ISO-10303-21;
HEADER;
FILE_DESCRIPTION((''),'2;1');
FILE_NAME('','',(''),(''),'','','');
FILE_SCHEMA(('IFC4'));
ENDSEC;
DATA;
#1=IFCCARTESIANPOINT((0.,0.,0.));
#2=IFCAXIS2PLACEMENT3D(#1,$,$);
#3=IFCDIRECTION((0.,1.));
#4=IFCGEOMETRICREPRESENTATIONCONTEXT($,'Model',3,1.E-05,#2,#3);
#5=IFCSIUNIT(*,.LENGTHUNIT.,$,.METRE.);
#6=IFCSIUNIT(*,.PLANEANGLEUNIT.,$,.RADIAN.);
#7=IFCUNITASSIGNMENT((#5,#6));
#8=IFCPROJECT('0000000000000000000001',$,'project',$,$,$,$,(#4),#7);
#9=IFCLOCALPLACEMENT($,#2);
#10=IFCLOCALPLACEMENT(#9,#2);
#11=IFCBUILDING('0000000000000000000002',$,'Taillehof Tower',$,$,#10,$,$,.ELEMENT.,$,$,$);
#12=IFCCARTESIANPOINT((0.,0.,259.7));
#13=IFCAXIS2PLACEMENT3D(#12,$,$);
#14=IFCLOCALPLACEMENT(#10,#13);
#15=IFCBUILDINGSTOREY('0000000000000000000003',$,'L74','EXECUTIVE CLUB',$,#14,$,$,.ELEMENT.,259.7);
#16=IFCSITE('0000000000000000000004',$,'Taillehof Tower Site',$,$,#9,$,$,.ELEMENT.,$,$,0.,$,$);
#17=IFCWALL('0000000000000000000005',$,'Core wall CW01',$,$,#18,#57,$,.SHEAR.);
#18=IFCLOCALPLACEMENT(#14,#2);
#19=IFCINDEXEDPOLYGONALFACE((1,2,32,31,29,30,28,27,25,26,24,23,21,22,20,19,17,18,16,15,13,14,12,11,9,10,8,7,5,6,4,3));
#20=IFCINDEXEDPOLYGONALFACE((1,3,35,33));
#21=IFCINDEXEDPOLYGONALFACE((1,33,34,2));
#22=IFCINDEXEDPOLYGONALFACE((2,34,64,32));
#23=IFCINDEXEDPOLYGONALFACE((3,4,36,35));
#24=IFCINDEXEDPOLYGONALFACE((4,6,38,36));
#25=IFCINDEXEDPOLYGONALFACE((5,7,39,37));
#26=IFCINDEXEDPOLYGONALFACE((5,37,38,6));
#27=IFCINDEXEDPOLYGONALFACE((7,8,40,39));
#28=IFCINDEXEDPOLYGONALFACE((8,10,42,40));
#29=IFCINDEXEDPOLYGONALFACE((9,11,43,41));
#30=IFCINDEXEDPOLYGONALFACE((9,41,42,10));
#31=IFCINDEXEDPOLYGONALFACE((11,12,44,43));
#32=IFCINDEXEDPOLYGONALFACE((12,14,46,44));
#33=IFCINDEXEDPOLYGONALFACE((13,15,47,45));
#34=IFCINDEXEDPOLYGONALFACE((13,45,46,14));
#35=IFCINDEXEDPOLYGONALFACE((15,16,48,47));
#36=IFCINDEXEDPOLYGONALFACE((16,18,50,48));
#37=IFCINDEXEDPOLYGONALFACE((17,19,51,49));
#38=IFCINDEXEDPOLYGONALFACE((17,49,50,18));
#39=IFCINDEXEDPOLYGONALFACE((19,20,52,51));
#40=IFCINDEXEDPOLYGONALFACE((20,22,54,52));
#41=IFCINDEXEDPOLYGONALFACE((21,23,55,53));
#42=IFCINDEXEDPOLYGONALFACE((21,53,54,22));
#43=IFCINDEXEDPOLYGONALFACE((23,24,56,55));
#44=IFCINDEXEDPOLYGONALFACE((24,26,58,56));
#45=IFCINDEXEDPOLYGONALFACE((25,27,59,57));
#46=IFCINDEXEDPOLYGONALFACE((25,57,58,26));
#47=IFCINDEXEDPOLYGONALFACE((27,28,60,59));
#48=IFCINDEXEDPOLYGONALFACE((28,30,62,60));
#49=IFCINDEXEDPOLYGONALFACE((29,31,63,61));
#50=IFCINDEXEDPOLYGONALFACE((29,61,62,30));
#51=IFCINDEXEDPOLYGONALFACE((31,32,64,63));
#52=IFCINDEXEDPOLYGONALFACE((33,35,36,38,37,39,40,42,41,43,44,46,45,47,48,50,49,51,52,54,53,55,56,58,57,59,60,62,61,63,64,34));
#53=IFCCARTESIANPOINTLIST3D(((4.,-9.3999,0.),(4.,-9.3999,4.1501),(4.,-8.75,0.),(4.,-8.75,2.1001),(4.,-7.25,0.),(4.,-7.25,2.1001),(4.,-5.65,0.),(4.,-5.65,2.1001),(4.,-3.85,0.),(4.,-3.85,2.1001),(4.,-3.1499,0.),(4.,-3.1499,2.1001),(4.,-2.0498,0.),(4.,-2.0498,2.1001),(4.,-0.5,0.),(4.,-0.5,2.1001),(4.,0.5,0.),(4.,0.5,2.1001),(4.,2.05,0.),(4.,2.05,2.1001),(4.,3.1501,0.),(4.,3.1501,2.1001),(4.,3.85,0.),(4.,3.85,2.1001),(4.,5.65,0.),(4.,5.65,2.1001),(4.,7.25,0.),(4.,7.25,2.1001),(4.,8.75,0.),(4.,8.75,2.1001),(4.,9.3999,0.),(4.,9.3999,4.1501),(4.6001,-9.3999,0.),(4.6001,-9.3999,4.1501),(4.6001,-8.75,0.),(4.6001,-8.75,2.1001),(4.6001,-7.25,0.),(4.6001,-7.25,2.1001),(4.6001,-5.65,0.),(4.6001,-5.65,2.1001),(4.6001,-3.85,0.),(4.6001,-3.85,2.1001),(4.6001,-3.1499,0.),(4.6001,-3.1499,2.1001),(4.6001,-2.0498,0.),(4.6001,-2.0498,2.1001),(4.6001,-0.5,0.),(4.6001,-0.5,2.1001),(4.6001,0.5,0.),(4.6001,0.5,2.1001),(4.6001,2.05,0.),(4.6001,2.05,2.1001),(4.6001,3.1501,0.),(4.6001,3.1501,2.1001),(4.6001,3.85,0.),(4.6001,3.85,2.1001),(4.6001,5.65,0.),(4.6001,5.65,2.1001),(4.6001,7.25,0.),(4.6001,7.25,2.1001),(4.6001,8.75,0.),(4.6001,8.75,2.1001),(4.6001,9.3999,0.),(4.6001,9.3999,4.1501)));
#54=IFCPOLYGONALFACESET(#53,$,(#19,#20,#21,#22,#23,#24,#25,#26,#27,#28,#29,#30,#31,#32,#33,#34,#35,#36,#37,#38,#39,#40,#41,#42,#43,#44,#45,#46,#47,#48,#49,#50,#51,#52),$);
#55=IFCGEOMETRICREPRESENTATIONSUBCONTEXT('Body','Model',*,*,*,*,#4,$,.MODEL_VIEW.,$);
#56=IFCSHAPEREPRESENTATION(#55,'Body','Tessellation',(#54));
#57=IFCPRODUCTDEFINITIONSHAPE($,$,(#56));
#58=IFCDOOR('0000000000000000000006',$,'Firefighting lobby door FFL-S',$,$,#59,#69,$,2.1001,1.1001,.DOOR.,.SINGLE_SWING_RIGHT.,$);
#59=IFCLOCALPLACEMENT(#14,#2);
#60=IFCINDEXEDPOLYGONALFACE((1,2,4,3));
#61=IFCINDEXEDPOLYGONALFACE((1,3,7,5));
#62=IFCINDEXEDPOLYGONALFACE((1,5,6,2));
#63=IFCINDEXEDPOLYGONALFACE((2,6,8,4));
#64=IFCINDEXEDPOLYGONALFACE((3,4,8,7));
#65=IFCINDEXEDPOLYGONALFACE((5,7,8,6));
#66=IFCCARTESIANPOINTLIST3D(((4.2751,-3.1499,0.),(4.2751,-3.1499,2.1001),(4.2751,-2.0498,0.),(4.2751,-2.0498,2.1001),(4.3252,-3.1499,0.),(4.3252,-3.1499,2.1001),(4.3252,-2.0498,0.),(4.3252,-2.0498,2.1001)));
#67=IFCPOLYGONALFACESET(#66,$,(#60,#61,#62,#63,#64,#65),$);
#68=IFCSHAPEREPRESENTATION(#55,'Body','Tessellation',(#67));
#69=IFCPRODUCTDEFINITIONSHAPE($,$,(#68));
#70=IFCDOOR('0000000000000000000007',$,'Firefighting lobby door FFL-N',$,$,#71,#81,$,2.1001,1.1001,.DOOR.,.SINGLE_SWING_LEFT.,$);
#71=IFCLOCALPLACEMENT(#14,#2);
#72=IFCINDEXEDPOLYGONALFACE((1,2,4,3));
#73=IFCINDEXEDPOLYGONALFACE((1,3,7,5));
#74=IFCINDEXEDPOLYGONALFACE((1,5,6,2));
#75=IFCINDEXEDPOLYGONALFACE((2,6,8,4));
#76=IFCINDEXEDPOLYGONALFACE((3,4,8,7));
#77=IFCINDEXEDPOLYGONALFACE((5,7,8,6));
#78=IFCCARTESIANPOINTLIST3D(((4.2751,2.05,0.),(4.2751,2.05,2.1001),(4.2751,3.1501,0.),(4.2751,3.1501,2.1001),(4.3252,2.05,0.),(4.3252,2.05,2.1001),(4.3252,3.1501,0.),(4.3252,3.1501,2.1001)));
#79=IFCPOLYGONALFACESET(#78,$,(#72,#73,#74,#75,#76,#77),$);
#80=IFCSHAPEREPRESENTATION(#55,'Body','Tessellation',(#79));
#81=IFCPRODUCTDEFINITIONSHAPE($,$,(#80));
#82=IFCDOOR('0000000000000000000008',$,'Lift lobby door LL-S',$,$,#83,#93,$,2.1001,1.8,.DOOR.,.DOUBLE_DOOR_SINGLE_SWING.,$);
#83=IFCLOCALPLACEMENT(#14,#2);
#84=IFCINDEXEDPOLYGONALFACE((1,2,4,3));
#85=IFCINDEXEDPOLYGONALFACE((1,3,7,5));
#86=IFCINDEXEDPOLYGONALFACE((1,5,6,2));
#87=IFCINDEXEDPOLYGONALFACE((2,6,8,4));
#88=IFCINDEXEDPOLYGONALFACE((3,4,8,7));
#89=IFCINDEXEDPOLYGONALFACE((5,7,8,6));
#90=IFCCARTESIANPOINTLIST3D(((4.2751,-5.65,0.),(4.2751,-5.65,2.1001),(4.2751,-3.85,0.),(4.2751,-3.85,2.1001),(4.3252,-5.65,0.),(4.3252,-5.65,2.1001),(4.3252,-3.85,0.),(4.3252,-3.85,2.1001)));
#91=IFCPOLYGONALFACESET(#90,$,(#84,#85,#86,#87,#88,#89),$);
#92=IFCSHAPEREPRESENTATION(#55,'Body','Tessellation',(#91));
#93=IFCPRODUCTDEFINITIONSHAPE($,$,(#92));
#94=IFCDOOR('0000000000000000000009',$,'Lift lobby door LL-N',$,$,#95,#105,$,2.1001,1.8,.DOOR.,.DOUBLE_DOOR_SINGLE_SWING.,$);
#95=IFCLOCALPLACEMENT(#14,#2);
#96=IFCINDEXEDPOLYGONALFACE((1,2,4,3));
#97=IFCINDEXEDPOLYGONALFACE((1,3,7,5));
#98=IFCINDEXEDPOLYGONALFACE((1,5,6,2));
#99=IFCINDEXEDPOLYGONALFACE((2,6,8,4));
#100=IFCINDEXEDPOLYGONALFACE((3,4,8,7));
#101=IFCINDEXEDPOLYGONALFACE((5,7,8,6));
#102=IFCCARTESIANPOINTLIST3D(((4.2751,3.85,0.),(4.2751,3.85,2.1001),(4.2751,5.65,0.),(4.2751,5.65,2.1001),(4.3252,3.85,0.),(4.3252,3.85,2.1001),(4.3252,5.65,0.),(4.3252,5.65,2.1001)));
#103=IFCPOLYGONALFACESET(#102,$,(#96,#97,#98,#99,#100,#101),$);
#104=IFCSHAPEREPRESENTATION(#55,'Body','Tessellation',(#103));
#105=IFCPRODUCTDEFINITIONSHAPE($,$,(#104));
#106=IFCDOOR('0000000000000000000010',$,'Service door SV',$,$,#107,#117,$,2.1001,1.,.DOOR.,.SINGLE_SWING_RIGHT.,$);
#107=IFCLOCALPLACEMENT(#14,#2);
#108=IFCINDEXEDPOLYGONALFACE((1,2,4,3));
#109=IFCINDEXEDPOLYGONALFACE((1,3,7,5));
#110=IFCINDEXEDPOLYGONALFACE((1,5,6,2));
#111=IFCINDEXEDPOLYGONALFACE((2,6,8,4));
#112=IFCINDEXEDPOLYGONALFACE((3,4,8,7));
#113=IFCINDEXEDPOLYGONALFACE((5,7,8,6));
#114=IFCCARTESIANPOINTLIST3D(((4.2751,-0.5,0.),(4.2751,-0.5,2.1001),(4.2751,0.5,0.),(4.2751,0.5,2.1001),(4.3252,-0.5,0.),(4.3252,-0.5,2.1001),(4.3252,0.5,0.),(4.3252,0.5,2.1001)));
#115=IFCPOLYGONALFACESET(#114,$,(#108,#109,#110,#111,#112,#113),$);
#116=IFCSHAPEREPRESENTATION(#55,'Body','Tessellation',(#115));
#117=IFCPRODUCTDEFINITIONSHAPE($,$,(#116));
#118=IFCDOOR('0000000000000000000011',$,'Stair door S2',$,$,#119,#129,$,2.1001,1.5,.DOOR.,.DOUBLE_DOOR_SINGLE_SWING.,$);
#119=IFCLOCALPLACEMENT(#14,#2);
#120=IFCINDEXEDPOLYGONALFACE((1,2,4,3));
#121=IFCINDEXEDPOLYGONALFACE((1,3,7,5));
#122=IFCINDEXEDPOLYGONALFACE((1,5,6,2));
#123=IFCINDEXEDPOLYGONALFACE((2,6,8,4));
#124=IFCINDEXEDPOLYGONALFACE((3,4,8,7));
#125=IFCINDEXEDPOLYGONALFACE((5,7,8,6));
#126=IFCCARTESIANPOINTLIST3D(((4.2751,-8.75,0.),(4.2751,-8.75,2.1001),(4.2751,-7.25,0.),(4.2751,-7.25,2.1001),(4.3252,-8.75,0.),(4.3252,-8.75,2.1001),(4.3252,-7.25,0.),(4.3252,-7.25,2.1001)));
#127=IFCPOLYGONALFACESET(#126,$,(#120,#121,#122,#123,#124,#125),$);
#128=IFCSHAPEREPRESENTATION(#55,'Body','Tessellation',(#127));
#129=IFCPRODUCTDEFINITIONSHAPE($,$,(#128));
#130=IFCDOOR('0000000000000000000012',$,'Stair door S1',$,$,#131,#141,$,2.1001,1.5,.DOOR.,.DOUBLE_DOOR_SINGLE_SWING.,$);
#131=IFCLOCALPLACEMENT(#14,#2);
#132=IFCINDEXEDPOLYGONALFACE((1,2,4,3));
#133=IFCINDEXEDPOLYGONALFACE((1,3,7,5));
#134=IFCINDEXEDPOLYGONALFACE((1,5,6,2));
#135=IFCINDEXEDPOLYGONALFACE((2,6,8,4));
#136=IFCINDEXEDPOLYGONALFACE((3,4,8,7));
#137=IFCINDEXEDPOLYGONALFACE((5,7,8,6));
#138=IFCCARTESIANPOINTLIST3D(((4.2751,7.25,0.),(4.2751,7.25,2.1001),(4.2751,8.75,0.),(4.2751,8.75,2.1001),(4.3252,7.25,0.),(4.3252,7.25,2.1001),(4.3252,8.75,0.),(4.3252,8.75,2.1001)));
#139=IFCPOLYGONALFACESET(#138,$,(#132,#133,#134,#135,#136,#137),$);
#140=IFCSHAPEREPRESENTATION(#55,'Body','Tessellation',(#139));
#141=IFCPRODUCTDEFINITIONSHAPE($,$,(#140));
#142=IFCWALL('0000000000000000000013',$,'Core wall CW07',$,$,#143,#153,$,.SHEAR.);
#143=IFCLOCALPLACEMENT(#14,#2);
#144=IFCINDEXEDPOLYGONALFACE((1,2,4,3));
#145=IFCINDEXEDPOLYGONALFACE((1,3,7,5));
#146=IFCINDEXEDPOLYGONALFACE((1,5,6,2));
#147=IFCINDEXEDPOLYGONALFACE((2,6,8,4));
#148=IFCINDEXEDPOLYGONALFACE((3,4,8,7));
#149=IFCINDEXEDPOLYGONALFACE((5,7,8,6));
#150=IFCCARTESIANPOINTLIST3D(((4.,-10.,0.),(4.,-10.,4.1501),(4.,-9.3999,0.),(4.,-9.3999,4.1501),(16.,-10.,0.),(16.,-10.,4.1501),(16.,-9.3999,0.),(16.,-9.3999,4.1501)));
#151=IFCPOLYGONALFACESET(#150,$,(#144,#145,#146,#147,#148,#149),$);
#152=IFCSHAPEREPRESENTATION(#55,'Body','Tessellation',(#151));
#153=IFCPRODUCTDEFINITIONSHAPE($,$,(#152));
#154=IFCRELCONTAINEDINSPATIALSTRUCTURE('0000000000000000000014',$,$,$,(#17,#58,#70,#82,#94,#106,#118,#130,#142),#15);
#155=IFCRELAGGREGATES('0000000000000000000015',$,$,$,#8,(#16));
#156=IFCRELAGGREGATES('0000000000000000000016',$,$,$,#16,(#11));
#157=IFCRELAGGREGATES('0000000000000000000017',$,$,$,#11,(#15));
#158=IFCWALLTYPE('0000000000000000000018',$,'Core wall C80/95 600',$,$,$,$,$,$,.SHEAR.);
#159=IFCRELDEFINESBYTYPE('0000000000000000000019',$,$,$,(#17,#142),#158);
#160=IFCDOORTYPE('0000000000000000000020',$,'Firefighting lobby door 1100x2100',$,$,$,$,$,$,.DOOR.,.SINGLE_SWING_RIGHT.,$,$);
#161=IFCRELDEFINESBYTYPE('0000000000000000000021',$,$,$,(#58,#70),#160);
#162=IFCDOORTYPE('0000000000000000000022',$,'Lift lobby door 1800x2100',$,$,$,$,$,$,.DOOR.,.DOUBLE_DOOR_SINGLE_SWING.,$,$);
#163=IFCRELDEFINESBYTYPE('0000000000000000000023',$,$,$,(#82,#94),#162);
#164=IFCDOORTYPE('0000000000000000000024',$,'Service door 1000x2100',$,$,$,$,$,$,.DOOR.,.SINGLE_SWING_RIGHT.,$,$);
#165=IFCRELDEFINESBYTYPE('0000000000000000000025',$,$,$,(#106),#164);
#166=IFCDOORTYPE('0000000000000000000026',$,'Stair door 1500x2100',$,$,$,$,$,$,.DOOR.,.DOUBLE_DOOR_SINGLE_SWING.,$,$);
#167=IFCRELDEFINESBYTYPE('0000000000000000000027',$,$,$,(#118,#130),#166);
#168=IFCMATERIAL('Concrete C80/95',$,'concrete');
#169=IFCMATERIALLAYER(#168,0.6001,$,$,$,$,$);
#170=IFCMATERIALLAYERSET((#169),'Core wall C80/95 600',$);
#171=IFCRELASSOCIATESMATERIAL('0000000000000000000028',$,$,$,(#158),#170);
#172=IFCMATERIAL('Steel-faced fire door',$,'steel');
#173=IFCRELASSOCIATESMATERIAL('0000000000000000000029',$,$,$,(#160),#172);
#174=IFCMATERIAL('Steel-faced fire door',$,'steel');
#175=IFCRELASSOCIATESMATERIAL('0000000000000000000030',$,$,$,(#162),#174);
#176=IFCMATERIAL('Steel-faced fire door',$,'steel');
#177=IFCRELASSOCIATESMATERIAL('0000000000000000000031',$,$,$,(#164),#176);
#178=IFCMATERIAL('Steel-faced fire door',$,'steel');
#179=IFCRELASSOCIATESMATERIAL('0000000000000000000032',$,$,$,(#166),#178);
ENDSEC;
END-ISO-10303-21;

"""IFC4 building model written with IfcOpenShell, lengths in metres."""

from ifc_helpers import new_model, si_unit, direction, frame, frame_2d, origin, place, context, subcontext, project, spatial, rectangle, extrude, material, layer, layer_set, type_object, element, fill, save


model = new_model("IFC4")

# Units and contexts
model_context = context("Model", 3, precision=1e-05, world=origin(), true_north=direction((0.0, 1.0)))
body_context = subcontext(model_context, "Body", "Model", "MODEL_VIEW")
ifc_project = project(units=[si_unit("LENGTHUNIT", "METRE"), si_unit("PLANEANGLEUNIT", "RADIAN")], contexts=[model_context])

# Site, building, storey
site_placement = place(None, origin())
site = spatial("IfcSite", under=ifc_project, at=site_placement, Name="Taillehof Tower Site", CompositionType="ELEMENT", RefElevation=0.0)
building_placement = place(site_placement, origin())
building = spatial("IfcBuilding", under=site, at=building_placement, Name="Taillehof Tower", CompositionType="ELEMENT")
storey_placement = place(building_placement, frame((0.0, 0.0, 259.7)))
storey = spatial("IfcBuildingStorey", under=building, at=storey_placement, Name="L74", Description="EXECUTIVE CLUB", CompositionType="ELEMENT", Elevation=259.7)

# Wall, openings, doors
ifc_material_1 = material(Name="Concrete C80/95", Category="concrete")
ifc_layer_1 = layer(ifc_material_1, 0.6001)
ifc_layer_set_1 = layer_set([ifc_layer_1], Name="Core wall C80/95 600")
wall_type_1 = type_object("IfcWallType", Name="Core wall C80/95 600", PredefinedType="SHEAR", material=ifc_layer_set_1)
wall_1_placement = place(storey_placement, frame((4.3, -9.3999, 0.0), z_axis=(0.0, 0.0, 1.0), x_axis=(0.0, 1.0, 0.0)))
wall_1 = element("IfcWall", 1, at=wall_1_placement, inside=storey, type_object=wall_type_1, Name="Core wall CW01", PredefinedType="SHEAR", context=body_context, shape_type="SweptSolid", body=[
    extrude(rectangle(XDim=18.7998, YDim=0.6001, at=frame_2d((9.3999, 0.0))), origin(), (0.0, 0.0, 1.0), 4.1501),
])
opening_1_placement = place(wall_1_placement, frame((0.6499, 0.0, 0.0)))
opening_1 = element("IfcOpeningElement", 2, at=opening_1_placement, cuts=wall_1, PredefinedType="OPENING", context=body_context, shape_type="SweptSolid", body=[
    extrude(rectangle(XDim=1.5, YDim=2.1001, at=frame_2d((0.75, 1.05))), frame((0.0, 0.3101, 0.0), z_axis=(0.0, -1.0, 0.0), x_axis=(1.0, 0.0, 0.0)), (0.0, 0.0, 1.0), 0.6201),
])
opening_2_placement = place(wall_1_placement, frame((3.75, 0.0, 0.0)))
opening_2 = element("IfcOpeningElement", 3, at=opening_2_placement, cuts=wall_1, PredefinedType="OPENING", context=body_context, shape_type="SweptSolid", body=[
    extrude(rectangle(XDim=1.8, YDim=2.1001, at=frame_2d((0.8999, 1.05))), frame((0.0, 0.3101, 0.0), z_axis=(0.0, -1.0, 0.0), x_axis=(1.0, 0.0, 0.0)), (0.0, 0.0, 1.0), 0.6201),
])
opening_3_placement = place(wall_1_placement, frame((6.25, 0.0, 0.0)))
opening_3 = element("IfcOpeningElement", 4, at=opening_3_placement, cuts=wall_1, PredefinedType="OPENING", context=body_context, shape_type="SweptSolid", body=[
    extrude(rectangle(XDim=1.1001, YDim=2.1001, at=frame_2d((0.55, 1.05))), frame((0.0, 0.3101, 0.0), z_axis=(0.0, -1.0, 0.0), x_axis=(1.0, 0.0, 0.0)), (0.0, 0.0, 1.0), 0.6201),
])
opening_4_placement = place(wall_1_placement, frame((8.8999, 0.0, 0.0)))
opening_4 = element("IfcOpeningElement", 5, at=opening_4_placement, cuts=wall_1, PredefinedType="OPENING", context=body_context, shape_type="SweptSolid", body=[
    extrude(rectangle(XDim=1.0, YDim=2.1001, at=frame_2d((0.5, 1.05))), frame((0.0, 0.3101, 0.0), z_axis=(0.0, -1.0, 0.0), x_axis=(1.0, 0.0, 0.0)), (0.0, 0.0, 1.0), 0.6201),
])
opening_5_placement = place(wall_1_placement, frame((11.45, 0.0, 0.0)))
opening_5 = element("IfcOpeningElement", 6, at=opening_5_placement, cuts=wall_1, PredefinedType="OPENING", context=body_context, shape_type="SweptSolid", body=[
    extrude(rectangle(XDim=1.1001, YDim=2.1001, at=frame_2d((0.55, 1.05))), frame((0.0, 0.3101, 0.0), z_axis=(0.0, -1.0, 0.0), x_axis=(1.0, 0.0, 0.0)), (0.0, 0.0, 1.0), 0.6201),
])
opening_6_placement = place(wall_1_placement, frame((13.25, 0.0, 0.0)))
opening_6 = element("IfcOpeningElement", 7, at=opening_6_placement, cuts=wall_1, PredefinedType="OPENING", context=body_context, shape_type="SweptSolid", body=[
    extrude(rectangle(XDim=1.8, YDim=2.1001, at=frame_2d((0.8999, 1.05))), frame((0.0, 0.3101, 0.0), z_axis=(0.0, -1.0, 0.0), x_axis=(1.0, 0.0, 0.0)), (0.0, 0.0, 1.0), 0.6201),
])
opening_7_placement = place(wall_1_placement, frame((16.6499, 0.0, 0.0)))
opening_7 = element("IfcOpeningElement", 8, at=opening_7_placement, cuts=wall_1, PredefinedType="OPENING", context=body_context, shape_type="SweptSolid", body=[
    extrude(rectangle(XDim=1.5, YDim=2.1001, at=frame_2d((0.75, 1.05))), frame((0.0, 0.3101, 0.0), z_axis=(0.0, -1.0, 0.0), x_axis=(1.0, 0.0, 0.0)), (0.0, 0.0, 1.0), 0.6201),
])
ifc_material_2 = material(Name="Steel-faced fire door", Category="steel")
door_type_1 = type_object("IfcDoorType", Name="Firefighting lobby door 1100x2100", OperationType="SINGLE_SWING_RIGHT", PredefinedType="DOOR", material=ifc_material_2)
door_1_placement = place(opening_3_placement, origin())
door_1 = element("IfcDoor", 9, at=door_1_placement, inside=storey, type_object=door_type_1, Name="Firefighting lobby door FFL-S", OperationType="SINGLE_SWING_RIGHT", OverallHeight=2.1001, OverallWidth=1.1001, PredefinedType="DOOR", context=body_context, shape_type="SweptSolid", body=[
    extrude(rectangle(XDim=1.1001, YDim=2.1001, at=frame_2d((0.55, 1.05))), frame((0.0, 0.0249, 0.0), z_axis=(0.0, -1.0, 0.0), x_axis=(1.0, 0.0, 0.0)), (0.0, 0.0, 1.0), 0.05),
])
fill(opening_3, door_1)
door_2_placement = place(opening_5_placement, origin())
door_2 = element("IfcDoor", 10, at=door_2_placement, inside=storey, type_object=door_type_1, Name="Firefighting lobby door FFL-N", OperationType="SINGLE_SWING_LEFT", OverallHeight=2.1001, OverallWidth=1.1001, PredefinedType="DOOR", context=body_context, shape_type="SweptSolid", body=[
    extrude(rectangle(XDim=1.1001, YDim=2.1001, at=frame_2d((0.55, 1.05))), frame((0.0, 0.0249, 0.0), z_axis=(0.0, -1.0, 0.0), x_axis=(1.0, 0.0, 0.0)), (0.0, 0.0, 1.0), 0.05),
])
fill(opening_5, door_2)
ifc_material_3 = material(Name="Steel-faced fire door", Category="steel")
door_type_2 = type_object("IfcDoorType", Name="Lift lobby door 1800x2100", OperationType="DOUBLE_DOOR_SINGLE_SWING", PredefinedType="DOOR", material=ifc_material_3)
door_3_placement = place(opening_2_placement, origin())
door_3 = element("IfcDoor", 11, at=door_3_placement, inside=storey, type_object=door_type_2, Name="Lift lobby door LL-S", OperationType="DOUBLE_DOOR_SINGLE_SWING", OverallHeight=2.1001, OverallWidth=1.8, PredefinedType="DOOR", context=body_context, shape_type="SweptSolid", body=[
    extrude(rectangle(XDim=1.8, YDim=2.1001, at=frame_2d((0.8999, 1.05))), frame((0.0, 0.0249, 0.0), z_axis=(0.0, -1.0, 0.0), x_axis=(1.0, 0.0, 0.0)), (0.0, 0.0, 1.0), 0.05),
])
fill(opening_2, door_3)
door_4_placement = place(opening_6_placement, origin())
door_4 = element("IfcDoor", 12, at=door_4_placement, inside=storey, type_object=door_type_2, Name="Lift lobby door LL-N", OperationType="DOUBLE_DOOR_SINGLE_SWING", OverallHeight=2.1001, OverallWidth=1.8, PredefinedType="DOOR", context=body_context, shape_type="SweptSolid", body=[
    extrude(rectangle(XDim=1.8, YDim=2.1001, at=frame_2d((0.8999, 1.05))), frame((0.0, 0.0249, 0.0), z_axis=(0.0, -1.0, 0.0), x_axis=(1.0, 0.0, 0.0)), (0.0, 0.0, 1.0), 0.05),
])
fill(opening_6, door_4)
ifc_material_4 = material(Name="Steel-faced fire door", Category="steel")
door_type_3 = type_object("IfcDoorType", Name="Service door 1000x2100", OperationType="SINGLE_SWING_RIGHT", PredefinedType="DOOR", material=ifc_material_4)
door_5_placement = place(opening_4_placement, origin())
door_5 = element("IfcDoor", 13, at=door_5_placement, inside=storey, type_object=door_type_3, Name="Service door SV", OperationType="SINGLE_SWING_RIGHT", OverallHeight=2.1001, OverallWidth=1.0, PredefinedType="DOOR", context=body_context, shape_type="SweptSolid", body=[
    extrude(rectangle(XDim=1.0, YDim=2.1001, at=frame_2d((0.5, 1.05))), frame((0.0, 0.0249, 0.0), z_axis=(0.0, -1.0, 0.0), x_axis=(1.0, 0.0, 0.0)), (0.0, 0.0, 1.0), 0.05),
])
fill(opening_4, door_5)
ifc_material_5 = material(Name="Steel-faced fire door", Category="steel")
door_type_4 = type_object("IfcDoorType", Name="Stair door 1500x2100", OperationType="DOUBLE_DOOR_SINGLE_SWING", PredefinedType="DOOR", material=ifc_material_5)
door_6_placement = place(opening_1_placement, origin())
door_6 = element("IfcDoor", 14, at=door_6_placement, inside=storey, type_object=door_type_4, Name="Stair door S2", OperationType="DOUBLE_DOOR_SINGLE_SWING", OverallHeight=2.1001, OverallWidth=1.5, PredefinedType="DOOR", context=body_context, shape_type="SweptSolid", body=[
    extrude(rectangle(XDim=1.5, YDim=2.1001, at=frame_2d((0.75, 1.05))), frame((0.0, 0.0249, 0.0), z_axis=(0.0, -1.0, 0.0), x_axis=(1.0, 0.0, 0.0)), (0.0, 0.0, 1.0), 0.05),
])
fill(opening_1, door_6)
door_7_placement = place(opening_7_placement, origin())
door_7 = element("IfcDoor", 15, at=door_7_placement, inside=storey, type_object=door_type_4, Name="Stair door S1", OperationType="DOUBLE_DOOR_SINGLE_SWING", OverallHeight=2.1001, OverallWidth=1.5, PredefinedType="DOOR", context=body_context, shape_type="SweptSolid", body=[
    extrude(rectangle(XDim=1.5, YDim=2.1001, at=frame_2d((0.75, 1.05))), frame((0.0, 0.0249, 0.0), z_axis=(0.0, -1.0, 0.0), x_axis=(1.0, 0.0, 0.0)), (0.0, 0.0, 1.0), 0.05),
])
fill(opening_7, door_7)

# Wall
wall_2_placement = place(storey_placement, frame((4.0, -9.7, 0.0), z_axis=(0.0, 0.0, 1.0), x_axis=(1.0, 0.0, 0.0)))
element("IfcWall", 16, at=wall_2_placement, inside=storey, type_object=wall_type_1, Name="Core wall CW07", PredefinedType="SHEAR", context=body_context, shape_type="SweptSolid", body=[
    extrude(rectangle(XDim=12.0, YDim=0.6001, at=frame_2d((6.0, 0.0))), origin(), (0.0, 0.0, 1.0), 4.1501),
])

save(model, "model.ifc")
